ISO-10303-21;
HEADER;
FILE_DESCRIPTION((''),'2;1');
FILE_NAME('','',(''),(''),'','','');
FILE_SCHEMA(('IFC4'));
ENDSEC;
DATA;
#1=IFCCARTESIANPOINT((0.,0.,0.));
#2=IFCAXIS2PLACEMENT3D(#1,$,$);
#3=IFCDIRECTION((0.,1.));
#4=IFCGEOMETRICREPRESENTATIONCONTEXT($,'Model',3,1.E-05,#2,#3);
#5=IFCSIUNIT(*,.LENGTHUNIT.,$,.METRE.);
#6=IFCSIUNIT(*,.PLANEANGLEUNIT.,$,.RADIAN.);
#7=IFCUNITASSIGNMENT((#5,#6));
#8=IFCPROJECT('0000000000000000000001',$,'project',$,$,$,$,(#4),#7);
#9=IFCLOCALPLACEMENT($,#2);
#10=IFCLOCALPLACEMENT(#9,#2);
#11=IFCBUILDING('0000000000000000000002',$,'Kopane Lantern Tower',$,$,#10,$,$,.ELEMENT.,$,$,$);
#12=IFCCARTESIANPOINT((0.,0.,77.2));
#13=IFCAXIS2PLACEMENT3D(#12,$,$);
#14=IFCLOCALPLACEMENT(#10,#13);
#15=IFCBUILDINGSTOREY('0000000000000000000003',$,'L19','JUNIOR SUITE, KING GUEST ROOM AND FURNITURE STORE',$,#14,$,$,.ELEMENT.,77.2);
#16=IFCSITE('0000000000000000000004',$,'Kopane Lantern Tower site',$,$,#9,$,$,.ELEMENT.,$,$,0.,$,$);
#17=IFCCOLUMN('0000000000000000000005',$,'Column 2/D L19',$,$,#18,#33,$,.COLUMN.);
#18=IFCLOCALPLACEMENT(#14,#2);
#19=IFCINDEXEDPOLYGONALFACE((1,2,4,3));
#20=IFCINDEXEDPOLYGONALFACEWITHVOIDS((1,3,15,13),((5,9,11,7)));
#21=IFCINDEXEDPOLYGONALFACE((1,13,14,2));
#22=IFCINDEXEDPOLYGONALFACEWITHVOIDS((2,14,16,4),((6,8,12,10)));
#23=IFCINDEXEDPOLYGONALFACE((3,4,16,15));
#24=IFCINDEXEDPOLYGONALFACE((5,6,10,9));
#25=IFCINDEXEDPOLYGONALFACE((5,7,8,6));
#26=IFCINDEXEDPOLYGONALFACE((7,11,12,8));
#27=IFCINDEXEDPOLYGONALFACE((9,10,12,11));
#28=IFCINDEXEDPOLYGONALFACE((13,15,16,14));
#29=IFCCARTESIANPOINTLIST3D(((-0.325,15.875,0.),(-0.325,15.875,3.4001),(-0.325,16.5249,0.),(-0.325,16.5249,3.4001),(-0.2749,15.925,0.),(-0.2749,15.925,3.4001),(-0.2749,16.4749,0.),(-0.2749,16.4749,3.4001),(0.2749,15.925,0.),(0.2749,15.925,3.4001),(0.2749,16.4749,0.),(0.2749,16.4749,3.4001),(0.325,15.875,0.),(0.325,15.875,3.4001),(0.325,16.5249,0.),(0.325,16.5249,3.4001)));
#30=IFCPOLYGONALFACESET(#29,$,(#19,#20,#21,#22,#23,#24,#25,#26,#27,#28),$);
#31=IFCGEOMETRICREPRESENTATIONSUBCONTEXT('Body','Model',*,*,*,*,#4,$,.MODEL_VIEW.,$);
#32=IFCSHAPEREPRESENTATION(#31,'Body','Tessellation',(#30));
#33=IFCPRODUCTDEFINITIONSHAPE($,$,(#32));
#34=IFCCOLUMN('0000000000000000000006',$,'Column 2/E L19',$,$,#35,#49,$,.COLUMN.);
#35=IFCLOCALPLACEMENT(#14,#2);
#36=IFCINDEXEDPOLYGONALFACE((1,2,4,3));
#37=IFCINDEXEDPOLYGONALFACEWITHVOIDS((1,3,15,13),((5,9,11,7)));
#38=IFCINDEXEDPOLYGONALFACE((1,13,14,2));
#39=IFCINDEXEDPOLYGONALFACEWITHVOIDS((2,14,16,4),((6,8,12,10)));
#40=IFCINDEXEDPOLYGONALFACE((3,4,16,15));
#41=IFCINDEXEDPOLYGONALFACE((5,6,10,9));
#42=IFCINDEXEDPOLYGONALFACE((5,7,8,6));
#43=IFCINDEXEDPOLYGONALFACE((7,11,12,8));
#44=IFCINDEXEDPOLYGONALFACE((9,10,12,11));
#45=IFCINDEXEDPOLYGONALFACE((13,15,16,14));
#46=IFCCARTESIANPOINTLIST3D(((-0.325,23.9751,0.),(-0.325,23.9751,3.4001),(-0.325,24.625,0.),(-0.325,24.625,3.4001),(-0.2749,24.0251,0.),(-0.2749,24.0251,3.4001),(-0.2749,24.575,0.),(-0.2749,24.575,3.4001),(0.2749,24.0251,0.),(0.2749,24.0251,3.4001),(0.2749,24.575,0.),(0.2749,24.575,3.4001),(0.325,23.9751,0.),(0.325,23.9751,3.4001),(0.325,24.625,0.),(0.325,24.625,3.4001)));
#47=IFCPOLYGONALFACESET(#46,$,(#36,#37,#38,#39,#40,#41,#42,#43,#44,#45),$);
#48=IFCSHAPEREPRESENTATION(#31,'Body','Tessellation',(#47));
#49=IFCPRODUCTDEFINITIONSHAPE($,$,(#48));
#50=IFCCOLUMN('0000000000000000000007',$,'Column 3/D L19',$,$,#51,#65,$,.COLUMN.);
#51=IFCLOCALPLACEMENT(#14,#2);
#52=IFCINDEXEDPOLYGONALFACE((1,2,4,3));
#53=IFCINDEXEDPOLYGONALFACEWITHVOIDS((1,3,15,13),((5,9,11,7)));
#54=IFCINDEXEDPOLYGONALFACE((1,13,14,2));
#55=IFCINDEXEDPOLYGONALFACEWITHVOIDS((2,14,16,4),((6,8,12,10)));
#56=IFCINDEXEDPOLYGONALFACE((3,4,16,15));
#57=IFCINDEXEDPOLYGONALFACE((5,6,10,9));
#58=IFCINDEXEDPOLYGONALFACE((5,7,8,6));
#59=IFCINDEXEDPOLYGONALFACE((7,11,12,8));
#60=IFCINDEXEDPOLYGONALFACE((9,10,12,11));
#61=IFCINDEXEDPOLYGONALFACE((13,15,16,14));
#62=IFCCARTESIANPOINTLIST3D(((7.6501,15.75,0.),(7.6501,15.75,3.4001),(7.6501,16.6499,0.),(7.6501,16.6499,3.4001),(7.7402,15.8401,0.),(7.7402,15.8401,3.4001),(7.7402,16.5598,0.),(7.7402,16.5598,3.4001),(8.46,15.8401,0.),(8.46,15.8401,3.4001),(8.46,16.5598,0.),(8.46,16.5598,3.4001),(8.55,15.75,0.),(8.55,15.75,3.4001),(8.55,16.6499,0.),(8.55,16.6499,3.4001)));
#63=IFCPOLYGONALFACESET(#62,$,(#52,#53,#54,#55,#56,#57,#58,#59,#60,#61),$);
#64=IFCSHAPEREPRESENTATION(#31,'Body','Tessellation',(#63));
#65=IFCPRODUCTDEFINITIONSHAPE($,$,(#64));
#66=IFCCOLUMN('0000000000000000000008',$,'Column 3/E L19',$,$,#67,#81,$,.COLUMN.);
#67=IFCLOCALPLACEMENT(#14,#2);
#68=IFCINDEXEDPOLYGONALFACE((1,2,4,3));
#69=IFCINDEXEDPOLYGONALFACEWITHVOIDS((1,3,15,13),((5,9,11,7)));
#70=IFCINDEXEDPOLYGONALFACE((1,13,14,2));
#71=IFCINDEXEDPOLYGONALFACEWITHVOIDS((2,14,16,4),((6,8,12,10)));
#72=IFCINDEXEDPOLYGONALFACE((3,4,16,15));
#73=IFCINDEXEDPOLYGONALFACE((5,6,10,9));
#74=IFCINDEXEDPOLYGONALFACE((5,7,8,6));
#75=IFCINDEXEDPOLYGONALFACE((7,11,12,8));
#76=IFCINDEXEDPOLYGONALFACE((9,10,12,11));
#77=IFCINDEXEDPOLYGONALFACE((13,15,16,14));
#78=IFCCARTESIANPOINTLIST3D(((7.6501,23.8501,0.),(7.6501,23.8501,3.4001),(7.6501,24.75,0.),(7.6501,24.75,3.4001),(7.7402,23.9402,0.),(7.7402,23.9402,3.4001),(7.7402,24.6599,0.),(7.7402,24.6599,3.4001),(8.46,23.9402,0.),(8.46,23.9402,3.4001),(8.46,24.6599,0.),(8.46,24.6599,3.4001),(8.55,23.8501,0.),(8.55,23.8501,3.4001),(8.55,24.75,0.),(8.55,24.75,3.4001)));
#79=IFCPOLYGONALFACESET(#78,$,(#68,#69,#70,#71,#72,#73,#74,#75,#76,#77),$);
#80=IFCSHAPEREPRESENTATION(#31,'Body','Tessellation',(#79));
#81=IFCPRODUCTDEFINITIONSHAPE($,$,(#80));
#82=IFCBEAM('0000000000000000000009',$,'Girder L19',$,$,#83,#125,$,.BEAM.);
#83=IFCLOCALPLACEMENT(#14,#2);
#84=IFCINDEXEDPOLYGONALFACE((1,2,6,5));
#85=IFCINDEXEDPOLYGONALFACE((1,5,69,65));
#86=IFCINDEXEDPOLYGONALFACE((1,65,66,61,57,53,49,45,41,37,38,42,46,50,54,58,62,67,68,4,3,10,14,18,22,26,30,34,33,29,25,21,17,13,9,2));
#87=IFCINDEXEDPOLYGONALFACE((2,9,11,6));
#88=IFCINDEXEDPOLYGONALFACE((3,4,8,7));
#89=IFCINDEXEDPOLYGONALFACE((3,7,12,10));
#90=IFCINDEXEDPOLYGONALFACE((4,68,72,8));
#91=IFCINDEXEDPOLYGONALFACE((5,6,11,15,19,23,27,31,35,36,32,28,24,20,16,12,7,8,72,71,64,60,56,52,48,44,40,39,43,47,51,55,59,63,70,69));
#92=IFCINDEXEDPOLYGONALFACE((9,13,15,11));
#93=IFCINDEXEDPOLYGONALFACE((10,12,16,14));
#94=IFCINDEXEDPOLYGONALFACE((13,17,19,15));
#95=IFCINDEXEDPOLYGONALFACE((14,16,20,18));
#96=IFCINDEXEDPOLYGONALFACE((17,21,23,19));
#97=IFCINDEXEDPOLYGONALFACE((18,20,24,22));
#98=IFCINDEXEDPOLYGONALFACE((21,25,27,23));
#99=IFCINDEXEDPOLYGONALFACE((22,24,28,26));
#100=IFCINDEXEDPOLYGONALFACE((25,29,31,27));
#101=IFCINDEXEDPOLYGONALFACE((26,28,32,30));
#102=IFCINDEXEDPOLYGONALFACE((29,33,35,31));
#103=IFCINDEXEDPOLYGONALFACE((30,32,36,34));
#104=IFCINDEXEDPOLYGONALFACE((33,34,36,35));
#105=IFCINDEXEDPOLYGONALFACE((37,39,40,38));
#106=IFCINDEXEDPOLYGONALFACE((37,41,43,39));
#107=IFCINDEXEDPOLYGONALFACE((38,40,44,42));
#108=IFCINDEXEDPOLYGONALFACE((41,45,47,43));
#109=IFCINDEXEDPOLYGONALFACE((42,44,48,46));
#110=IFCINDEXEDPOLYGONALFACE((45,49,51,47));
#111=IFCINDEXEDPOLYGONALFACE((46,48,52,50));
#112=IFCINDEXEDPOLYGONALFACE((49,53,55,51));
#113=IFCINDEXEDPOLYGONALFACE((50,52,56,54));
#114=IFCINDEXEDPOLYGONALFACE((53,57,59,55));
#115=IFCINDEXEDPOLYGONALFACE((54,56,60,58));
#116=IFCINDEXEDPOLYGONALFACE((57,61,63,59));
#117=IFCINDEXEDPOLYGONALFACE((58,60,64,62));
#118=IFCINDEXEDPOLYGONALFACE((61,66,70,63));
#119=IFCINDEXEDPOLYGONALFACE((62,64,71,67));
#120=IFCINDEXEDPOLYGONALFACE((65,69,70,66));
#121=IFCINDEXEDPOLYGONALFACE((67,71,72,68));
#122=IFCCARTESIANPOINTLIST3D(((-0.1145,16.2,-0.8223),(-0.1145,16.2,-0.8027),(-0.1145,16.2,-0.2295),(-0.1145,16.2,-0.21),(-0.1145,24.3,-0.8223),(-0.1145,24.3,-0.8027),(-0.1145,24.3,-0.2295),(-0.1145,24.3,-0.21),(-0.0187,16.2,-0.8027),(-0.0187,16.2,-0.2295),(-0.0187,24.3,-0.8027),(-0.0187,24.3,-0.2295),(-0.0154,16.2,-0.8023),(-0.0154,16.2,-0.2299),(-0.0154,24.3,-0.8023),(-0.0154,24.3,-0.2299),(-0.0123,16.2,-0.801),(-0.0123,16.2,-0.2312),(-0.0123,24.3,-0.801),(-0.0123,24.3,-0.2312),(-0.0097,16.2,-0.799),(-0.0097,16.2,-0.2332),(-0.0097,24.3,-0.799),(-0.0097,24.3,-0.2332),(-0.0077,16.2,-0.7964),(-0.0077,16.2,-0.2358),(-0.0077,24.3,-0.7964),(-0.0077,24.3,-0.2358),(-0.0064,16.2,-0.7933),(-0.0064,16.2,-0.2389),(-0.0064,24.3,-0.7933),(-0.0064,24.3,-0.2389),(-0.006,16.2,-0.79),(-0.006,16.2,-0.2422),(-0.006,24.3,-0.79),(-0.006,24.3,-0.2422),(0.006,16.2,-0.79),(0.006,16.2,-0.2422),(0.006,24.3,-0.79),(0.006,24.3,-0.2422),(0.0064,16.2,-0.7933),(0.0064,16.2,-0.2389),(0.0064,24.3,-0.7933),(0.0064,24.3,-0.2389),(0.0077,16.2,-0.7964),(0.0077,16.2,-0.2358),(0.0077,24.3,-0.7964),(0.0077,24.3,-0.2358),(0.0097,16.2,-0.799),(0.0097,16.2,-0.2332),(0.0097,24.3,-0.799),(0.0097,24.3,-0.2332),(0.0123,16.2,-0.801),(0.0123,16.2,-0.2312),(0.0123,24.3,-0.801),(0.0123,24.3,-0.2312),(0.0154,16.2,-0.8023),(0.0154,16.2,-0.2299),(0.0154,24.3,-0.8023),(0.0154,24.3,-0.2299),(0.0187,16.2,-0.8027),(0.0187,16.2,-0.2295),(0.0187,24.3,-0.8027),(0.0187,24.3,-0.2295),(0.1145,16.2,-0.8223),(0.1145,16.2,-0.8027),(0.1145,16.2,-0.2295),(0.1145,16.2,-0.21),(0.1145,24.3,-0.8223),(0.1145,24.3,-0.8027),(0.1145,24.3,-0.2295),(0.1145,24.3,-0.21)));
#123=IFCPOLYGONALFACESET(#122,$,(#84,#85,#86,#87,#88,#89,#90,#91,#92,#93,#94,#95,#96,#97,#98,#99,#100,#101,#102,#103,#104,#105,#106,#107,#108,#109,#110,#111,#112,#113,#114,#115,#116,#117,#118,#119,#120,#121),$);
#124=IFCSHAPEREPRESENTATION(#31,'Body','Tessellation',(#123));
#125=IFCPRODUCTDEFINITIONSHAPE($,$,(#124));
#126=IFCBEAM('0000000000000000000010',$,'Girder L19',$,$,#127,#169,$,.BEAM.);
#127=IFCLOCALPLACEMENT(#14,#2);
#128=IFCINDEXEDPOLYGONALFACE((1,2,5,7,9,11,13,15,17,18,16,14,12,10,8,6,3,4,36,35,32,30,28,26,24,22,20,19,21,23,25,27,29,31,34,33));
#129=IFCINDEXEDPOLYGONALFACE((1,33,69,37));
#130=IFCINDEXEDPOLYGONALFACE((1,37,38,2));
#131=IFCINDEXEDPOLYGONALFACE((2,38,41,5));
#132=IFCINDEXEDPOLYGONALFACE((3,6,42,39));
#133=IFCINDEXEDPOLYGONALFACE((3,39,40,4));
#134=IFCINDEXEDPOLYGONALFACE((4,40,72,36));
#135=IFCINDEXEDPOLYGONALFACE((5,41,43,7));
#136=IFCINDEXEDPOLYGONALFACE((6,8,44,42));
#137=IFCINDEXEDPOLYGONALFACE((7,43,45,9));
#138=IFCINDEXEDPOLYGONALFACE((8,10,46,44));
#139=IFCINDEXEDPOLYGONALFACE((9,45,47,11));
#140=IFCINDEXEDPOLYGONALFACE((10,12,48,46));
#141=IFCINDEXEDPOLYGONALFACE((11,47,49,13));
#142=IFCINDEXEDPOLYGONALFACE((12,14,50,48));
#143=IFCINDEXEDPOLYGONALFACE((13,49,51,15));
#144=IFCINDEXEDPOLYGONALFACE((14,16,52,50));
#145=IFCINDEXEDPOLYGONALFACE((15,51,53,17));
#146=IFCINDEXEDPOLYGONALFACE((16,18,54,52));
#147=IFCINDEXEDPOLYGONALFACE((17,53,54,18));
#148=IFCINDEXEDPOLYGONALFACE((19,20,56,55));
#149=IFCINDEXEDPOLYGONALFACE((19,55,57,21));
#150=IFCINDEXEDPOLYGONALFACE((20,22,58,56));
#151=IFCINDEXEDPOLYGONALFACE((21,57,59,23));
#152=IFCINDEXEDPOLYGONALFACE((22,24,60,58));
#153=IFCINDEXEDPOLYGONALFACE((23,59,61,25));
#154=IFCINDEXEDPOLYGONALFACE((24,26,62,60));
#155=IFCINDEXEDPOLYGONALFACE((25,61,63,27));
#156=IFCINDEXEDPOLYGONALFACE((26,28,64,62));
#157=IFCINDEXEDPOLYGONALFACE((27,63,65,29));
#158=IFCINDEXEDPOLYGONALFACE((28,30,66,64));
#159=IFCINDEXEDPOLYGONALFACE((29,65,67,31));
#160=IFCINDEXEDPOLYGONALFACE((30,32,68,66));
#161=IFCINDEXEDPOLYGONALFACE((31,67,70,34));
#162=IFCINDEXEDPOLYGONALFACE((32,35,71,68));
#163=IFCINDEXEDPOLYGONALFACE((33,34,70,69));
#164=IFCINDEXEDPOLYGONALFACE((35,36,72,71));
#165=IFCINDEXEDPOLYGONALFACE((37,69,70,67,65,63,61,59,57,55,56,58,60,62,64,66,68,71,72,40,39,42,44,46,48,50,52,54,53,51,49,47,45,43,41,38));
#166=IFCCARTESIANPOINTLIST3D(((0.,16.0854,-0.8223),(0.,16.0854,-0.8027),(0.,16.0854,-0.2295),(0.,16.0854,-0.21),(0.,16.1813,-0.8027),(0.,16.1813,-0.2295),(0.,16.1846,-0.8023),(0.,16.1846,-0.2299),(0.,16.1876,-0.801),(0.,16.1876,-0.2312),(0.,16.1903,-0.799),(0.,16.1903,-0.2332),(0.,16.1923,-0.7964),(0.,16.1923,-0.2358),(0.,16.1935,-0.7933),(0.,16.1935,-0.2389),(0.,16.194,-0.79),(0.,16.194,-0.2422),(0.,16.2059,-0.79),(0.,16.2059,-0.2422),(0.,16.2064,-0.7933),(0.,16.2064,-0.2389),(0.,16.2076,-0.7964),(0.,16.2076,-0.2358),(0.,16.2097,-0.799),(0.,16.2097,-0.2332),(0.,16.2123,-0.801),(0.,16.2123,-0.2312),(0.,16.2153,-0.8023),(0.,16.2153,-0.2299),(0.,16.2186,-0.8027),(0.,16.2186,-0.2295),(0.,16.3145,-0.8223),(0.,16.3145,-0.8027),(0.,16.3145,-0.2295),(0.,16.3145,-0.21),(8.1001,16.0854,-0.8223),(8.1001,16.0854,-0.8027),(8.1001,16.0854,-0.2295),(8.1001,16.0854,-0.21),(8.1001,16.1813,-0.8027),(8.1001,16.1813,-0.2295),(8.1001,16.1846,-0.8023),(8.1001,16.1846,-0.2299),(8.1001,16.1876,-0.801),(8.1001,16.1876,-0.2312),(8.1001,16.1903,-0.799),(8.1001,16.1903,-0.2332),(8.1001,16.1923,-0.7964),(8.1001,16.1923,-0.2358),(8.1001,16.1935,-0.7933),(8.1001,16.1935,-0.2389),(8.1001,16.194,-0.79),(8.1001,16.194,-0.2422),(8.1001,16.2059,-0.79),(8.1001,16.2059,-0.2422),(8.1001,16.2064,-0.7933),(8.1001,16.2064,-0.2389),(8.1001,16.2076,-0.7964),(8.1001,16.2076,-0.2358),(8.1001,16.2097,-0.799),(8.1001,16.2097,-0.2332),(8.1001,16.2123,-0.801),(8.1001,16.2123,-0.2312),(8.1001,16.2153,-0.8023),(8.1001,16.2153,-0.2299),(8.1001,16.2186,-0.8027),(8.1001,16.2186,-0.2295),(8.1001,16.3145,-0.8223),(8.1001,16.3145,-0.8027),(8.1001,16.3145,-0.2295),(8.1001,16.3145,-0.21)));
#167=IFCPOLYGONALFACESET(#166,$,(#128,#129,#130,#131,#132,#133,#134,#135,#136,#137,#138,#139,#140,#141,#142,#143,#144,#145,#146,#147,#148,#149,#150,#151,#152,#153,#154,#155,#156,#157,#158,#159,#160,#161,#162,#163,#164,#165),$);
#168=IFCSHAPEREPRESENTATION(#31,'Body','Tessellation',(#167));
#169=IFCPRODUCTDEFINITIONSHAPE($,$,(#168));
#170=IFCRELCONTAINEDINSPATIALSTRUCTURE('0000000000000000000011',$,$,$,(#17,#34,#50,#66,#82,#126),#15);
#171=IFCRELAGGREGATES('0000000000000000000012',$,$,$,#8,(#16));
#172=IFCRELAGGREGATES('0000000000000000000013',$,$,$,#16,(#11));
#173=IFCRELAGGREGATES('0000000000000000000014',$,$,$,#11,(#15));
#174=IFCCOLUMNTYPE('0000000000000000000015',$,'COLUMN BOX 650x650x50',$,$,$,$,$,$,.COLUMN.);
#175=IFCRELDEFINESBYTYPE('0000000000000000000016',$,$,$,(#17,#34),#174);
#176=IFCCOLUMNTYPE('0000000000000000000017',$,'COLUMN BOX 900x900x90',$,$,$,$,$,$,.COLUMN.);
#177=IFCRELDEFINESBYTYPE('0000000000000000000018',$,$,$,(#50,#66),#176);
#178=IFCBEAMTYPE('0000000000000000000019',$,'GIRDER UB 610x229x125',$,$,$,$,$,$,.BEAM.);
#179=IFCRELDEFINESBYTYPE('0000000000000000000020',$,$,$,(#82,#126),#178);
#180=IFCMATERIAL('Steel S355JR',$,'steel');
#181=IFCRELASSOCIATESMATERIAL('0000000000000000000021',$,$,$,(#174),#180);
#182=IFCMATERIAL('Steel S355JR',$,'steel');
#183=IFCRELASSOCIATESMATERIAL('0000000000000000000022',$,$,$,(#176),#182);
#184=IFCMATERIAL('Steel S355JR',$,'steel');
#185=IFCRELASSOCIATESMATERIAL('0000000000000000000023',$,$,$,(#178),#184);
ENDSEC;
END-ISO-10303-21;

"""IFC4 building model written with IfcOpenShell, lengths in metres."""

from ifc_helpers import new_model, si_unit, direction, frame, origin, origin_2d, place, context, subcontext, project, spatial, hollow_rectangle, i_section, extrude, material, material_profile, profile_set, type_object, element, save


model = new_model("IFC4")

# Units and contexts
model_context = context("Model", 3, precision=1e-05, world=origin(), true_north=direction((0.0, 1.0)))
body_context = subcontext(model_context, "Body", "Model", "MODEL_VIEW")
ifc_project = project(units=[si_unit("LENGTHUNIT", "METRE"), si_unit("PLANEANGLEUNIT", "RADIAN")], contexts=[model_context])

# Site, building, storey
site_placement = place(None, origin())
site = spatial("IfcSite", under=ifc_project, at=site_placement, Name="Kopane Lantern Tower site", CompositionType="ELEMENT", RefElevation=0.0)
building_placement = place(site_placement, origin())
building = spatial("IfcBuilding", under=site, at=building_placement, Name="Kopane Lantern Tower", CompositionType="ELEMENT")
storey_placement = place(building_placement, frame((0.0, 0.0, 77.2)))
storey = spatial("IfcBuildingStorey", under=building, at=storey_placement, Name="L19", Description="JUNIOR SUITE, KING GUEST ROOM AND FURNITURE STORE", CompositionType="ELEMENT", Elevation=77.2)

# Columns
ifc_material_1 = material(Name="Steel S355JR", Category="steel")
ifc_material_profile_1 = material_profile(ifc_material_1, hollow_rectangle(XDim=0.6499, YDim=0.6499, WallThickness=0.05, at=origin_2d()), Name="BOX 650x650x50")
ifc_profile_set_1 = profile_set([ifc_material_profile_1], Name="Steel S355JR")
column_type_1 = type_object("IfcColumnType", Name="COLUMN BOX 650x650x50", PredefinedType="COLUMN", material=ifc_profile_set_1)
for number, where, z_axis, x_axis, name in (
    (1, (0.0, 16.2, 0.0), (0.0, 0.0, 1.0), (1.0, 0.0, 0.0), "Column 2/D L19"),
    (2, (0.0, 24.3, 0.0), (0.0, 0.0, 1.0), (1.0, 0.0, 0.0), "Column 2/E L19"),
):
    element("IfcColumn", number, at=place(storey_placement, frame(where, z_axis=z_axis, x_axis=x_axis)), inside=storey, type_object=column_type_1, Name=name, PredefinedType="COLUMN", context=body_context, shape_type="SweptSolid", body=[
        extrude(hollow_rectangle(XDim=0.6499, YDim=0.6499, WallThickness=0.05, at=origin_2d()), origin(), (0.0, 0.0, 1.0), 3.4001),
    ])
ifc_material_2 = material(Name="Steel S355JR", Category="steel")
ifc_material_profile_2 = material_profile(ifc_material_2, hollow_rectangle(XDim=0.8999, YDim=0.8999, WallThickness=0.0901, at=origin_2d()), Name="BOX 900x900x90")
ifc_profile_set_2 = profile_set([ifc_material_profile_2], Name="Steel S355JR")
column_type_2 = type_object("IfcColumnType", Name="COLUMN BOX 900x900x90", PredefinedType="COLUMN", material=ifc_profile_set_2)
for number, where, z_axis, x_axis, name in (
    (3, (8.1001, 16.2, 0.0), (0.0, 0.0, 1.0), (1.0, 0.0, 0.0), "Column 3/D L19"),
    (4, (8.1001, 24.3, 0.0), (0.0, 0.0, 1.0), (1.0, 0.0, 0.0), "Column 3/E L19"),
):
    element("IfcColumn", number, at=place(storey_placement, frame(where, z_axis=z_axis, x_axis=x_axis)), inside=storey, type_object=column_type_2, Name=name, PredefinedType="COLUMN", context=body_context, shape_type="SweptSolid", body=[
        extrude(hollow_rectangle(XDim=0.8999, YDim=0.8999, WallThickness=0.0901, at=origin_2d()), origin(), (0.0, 0.0, 1.0), 3.4001),
    ])

# Beams
ifc_material_3 = material(Name="Steel S355JR", Category="steel")
ifc_material_profile_3 = material_profile(ifc_material_3, i_section(OverallWidth=0.229, OverallDepth=0.6123, WebThickness=0.012, FlangeThickness=0.0195, FilletRadius=0.0127, at=origin_2d()), Name="UB 610x229x125")
ifc_profile_set_3 = profile_set([ifc_material_profile_3], Name="Steel S355JR")
beam_type = type_object("IfcBeamType", Name="GIRDER UB 610x229x125", PredefinedType="BEAM", material=ifc_profile_set_3)
for number, where, z_axis, x_axis, name in (
    (5, (0.0, 16.2, -0.5161), (0.0, 1.0, 0.0), (-1.0, 0.0, 0.0), "Girder L19"),
    (6, (0.0, 16.2, -0.5161), (1.0, 0.0, 0.0), (0.0, 1.0, 0.0), "Girder L19"),
):
    element("IfcBeam", number, at=place(storey_placement, frame(where, z_axis=z_axis, x_axis=x_axis)), inside=storey, type_object=beam_type, Name=name, PredefinedType="BEAM", context=body_context, shape_type="SweptSolid", body=[
        extrude(i_section(OverallWidth=0.229, OverallDepth=0.6123, WebThickness=0.012, FlangeThickness=0.0195, FilletRadius=0.0127, at=origin_2d()), origin(), (0.0, 0.0, 1.0), 8.1001),
    ])

save(model, "model.ifc")
